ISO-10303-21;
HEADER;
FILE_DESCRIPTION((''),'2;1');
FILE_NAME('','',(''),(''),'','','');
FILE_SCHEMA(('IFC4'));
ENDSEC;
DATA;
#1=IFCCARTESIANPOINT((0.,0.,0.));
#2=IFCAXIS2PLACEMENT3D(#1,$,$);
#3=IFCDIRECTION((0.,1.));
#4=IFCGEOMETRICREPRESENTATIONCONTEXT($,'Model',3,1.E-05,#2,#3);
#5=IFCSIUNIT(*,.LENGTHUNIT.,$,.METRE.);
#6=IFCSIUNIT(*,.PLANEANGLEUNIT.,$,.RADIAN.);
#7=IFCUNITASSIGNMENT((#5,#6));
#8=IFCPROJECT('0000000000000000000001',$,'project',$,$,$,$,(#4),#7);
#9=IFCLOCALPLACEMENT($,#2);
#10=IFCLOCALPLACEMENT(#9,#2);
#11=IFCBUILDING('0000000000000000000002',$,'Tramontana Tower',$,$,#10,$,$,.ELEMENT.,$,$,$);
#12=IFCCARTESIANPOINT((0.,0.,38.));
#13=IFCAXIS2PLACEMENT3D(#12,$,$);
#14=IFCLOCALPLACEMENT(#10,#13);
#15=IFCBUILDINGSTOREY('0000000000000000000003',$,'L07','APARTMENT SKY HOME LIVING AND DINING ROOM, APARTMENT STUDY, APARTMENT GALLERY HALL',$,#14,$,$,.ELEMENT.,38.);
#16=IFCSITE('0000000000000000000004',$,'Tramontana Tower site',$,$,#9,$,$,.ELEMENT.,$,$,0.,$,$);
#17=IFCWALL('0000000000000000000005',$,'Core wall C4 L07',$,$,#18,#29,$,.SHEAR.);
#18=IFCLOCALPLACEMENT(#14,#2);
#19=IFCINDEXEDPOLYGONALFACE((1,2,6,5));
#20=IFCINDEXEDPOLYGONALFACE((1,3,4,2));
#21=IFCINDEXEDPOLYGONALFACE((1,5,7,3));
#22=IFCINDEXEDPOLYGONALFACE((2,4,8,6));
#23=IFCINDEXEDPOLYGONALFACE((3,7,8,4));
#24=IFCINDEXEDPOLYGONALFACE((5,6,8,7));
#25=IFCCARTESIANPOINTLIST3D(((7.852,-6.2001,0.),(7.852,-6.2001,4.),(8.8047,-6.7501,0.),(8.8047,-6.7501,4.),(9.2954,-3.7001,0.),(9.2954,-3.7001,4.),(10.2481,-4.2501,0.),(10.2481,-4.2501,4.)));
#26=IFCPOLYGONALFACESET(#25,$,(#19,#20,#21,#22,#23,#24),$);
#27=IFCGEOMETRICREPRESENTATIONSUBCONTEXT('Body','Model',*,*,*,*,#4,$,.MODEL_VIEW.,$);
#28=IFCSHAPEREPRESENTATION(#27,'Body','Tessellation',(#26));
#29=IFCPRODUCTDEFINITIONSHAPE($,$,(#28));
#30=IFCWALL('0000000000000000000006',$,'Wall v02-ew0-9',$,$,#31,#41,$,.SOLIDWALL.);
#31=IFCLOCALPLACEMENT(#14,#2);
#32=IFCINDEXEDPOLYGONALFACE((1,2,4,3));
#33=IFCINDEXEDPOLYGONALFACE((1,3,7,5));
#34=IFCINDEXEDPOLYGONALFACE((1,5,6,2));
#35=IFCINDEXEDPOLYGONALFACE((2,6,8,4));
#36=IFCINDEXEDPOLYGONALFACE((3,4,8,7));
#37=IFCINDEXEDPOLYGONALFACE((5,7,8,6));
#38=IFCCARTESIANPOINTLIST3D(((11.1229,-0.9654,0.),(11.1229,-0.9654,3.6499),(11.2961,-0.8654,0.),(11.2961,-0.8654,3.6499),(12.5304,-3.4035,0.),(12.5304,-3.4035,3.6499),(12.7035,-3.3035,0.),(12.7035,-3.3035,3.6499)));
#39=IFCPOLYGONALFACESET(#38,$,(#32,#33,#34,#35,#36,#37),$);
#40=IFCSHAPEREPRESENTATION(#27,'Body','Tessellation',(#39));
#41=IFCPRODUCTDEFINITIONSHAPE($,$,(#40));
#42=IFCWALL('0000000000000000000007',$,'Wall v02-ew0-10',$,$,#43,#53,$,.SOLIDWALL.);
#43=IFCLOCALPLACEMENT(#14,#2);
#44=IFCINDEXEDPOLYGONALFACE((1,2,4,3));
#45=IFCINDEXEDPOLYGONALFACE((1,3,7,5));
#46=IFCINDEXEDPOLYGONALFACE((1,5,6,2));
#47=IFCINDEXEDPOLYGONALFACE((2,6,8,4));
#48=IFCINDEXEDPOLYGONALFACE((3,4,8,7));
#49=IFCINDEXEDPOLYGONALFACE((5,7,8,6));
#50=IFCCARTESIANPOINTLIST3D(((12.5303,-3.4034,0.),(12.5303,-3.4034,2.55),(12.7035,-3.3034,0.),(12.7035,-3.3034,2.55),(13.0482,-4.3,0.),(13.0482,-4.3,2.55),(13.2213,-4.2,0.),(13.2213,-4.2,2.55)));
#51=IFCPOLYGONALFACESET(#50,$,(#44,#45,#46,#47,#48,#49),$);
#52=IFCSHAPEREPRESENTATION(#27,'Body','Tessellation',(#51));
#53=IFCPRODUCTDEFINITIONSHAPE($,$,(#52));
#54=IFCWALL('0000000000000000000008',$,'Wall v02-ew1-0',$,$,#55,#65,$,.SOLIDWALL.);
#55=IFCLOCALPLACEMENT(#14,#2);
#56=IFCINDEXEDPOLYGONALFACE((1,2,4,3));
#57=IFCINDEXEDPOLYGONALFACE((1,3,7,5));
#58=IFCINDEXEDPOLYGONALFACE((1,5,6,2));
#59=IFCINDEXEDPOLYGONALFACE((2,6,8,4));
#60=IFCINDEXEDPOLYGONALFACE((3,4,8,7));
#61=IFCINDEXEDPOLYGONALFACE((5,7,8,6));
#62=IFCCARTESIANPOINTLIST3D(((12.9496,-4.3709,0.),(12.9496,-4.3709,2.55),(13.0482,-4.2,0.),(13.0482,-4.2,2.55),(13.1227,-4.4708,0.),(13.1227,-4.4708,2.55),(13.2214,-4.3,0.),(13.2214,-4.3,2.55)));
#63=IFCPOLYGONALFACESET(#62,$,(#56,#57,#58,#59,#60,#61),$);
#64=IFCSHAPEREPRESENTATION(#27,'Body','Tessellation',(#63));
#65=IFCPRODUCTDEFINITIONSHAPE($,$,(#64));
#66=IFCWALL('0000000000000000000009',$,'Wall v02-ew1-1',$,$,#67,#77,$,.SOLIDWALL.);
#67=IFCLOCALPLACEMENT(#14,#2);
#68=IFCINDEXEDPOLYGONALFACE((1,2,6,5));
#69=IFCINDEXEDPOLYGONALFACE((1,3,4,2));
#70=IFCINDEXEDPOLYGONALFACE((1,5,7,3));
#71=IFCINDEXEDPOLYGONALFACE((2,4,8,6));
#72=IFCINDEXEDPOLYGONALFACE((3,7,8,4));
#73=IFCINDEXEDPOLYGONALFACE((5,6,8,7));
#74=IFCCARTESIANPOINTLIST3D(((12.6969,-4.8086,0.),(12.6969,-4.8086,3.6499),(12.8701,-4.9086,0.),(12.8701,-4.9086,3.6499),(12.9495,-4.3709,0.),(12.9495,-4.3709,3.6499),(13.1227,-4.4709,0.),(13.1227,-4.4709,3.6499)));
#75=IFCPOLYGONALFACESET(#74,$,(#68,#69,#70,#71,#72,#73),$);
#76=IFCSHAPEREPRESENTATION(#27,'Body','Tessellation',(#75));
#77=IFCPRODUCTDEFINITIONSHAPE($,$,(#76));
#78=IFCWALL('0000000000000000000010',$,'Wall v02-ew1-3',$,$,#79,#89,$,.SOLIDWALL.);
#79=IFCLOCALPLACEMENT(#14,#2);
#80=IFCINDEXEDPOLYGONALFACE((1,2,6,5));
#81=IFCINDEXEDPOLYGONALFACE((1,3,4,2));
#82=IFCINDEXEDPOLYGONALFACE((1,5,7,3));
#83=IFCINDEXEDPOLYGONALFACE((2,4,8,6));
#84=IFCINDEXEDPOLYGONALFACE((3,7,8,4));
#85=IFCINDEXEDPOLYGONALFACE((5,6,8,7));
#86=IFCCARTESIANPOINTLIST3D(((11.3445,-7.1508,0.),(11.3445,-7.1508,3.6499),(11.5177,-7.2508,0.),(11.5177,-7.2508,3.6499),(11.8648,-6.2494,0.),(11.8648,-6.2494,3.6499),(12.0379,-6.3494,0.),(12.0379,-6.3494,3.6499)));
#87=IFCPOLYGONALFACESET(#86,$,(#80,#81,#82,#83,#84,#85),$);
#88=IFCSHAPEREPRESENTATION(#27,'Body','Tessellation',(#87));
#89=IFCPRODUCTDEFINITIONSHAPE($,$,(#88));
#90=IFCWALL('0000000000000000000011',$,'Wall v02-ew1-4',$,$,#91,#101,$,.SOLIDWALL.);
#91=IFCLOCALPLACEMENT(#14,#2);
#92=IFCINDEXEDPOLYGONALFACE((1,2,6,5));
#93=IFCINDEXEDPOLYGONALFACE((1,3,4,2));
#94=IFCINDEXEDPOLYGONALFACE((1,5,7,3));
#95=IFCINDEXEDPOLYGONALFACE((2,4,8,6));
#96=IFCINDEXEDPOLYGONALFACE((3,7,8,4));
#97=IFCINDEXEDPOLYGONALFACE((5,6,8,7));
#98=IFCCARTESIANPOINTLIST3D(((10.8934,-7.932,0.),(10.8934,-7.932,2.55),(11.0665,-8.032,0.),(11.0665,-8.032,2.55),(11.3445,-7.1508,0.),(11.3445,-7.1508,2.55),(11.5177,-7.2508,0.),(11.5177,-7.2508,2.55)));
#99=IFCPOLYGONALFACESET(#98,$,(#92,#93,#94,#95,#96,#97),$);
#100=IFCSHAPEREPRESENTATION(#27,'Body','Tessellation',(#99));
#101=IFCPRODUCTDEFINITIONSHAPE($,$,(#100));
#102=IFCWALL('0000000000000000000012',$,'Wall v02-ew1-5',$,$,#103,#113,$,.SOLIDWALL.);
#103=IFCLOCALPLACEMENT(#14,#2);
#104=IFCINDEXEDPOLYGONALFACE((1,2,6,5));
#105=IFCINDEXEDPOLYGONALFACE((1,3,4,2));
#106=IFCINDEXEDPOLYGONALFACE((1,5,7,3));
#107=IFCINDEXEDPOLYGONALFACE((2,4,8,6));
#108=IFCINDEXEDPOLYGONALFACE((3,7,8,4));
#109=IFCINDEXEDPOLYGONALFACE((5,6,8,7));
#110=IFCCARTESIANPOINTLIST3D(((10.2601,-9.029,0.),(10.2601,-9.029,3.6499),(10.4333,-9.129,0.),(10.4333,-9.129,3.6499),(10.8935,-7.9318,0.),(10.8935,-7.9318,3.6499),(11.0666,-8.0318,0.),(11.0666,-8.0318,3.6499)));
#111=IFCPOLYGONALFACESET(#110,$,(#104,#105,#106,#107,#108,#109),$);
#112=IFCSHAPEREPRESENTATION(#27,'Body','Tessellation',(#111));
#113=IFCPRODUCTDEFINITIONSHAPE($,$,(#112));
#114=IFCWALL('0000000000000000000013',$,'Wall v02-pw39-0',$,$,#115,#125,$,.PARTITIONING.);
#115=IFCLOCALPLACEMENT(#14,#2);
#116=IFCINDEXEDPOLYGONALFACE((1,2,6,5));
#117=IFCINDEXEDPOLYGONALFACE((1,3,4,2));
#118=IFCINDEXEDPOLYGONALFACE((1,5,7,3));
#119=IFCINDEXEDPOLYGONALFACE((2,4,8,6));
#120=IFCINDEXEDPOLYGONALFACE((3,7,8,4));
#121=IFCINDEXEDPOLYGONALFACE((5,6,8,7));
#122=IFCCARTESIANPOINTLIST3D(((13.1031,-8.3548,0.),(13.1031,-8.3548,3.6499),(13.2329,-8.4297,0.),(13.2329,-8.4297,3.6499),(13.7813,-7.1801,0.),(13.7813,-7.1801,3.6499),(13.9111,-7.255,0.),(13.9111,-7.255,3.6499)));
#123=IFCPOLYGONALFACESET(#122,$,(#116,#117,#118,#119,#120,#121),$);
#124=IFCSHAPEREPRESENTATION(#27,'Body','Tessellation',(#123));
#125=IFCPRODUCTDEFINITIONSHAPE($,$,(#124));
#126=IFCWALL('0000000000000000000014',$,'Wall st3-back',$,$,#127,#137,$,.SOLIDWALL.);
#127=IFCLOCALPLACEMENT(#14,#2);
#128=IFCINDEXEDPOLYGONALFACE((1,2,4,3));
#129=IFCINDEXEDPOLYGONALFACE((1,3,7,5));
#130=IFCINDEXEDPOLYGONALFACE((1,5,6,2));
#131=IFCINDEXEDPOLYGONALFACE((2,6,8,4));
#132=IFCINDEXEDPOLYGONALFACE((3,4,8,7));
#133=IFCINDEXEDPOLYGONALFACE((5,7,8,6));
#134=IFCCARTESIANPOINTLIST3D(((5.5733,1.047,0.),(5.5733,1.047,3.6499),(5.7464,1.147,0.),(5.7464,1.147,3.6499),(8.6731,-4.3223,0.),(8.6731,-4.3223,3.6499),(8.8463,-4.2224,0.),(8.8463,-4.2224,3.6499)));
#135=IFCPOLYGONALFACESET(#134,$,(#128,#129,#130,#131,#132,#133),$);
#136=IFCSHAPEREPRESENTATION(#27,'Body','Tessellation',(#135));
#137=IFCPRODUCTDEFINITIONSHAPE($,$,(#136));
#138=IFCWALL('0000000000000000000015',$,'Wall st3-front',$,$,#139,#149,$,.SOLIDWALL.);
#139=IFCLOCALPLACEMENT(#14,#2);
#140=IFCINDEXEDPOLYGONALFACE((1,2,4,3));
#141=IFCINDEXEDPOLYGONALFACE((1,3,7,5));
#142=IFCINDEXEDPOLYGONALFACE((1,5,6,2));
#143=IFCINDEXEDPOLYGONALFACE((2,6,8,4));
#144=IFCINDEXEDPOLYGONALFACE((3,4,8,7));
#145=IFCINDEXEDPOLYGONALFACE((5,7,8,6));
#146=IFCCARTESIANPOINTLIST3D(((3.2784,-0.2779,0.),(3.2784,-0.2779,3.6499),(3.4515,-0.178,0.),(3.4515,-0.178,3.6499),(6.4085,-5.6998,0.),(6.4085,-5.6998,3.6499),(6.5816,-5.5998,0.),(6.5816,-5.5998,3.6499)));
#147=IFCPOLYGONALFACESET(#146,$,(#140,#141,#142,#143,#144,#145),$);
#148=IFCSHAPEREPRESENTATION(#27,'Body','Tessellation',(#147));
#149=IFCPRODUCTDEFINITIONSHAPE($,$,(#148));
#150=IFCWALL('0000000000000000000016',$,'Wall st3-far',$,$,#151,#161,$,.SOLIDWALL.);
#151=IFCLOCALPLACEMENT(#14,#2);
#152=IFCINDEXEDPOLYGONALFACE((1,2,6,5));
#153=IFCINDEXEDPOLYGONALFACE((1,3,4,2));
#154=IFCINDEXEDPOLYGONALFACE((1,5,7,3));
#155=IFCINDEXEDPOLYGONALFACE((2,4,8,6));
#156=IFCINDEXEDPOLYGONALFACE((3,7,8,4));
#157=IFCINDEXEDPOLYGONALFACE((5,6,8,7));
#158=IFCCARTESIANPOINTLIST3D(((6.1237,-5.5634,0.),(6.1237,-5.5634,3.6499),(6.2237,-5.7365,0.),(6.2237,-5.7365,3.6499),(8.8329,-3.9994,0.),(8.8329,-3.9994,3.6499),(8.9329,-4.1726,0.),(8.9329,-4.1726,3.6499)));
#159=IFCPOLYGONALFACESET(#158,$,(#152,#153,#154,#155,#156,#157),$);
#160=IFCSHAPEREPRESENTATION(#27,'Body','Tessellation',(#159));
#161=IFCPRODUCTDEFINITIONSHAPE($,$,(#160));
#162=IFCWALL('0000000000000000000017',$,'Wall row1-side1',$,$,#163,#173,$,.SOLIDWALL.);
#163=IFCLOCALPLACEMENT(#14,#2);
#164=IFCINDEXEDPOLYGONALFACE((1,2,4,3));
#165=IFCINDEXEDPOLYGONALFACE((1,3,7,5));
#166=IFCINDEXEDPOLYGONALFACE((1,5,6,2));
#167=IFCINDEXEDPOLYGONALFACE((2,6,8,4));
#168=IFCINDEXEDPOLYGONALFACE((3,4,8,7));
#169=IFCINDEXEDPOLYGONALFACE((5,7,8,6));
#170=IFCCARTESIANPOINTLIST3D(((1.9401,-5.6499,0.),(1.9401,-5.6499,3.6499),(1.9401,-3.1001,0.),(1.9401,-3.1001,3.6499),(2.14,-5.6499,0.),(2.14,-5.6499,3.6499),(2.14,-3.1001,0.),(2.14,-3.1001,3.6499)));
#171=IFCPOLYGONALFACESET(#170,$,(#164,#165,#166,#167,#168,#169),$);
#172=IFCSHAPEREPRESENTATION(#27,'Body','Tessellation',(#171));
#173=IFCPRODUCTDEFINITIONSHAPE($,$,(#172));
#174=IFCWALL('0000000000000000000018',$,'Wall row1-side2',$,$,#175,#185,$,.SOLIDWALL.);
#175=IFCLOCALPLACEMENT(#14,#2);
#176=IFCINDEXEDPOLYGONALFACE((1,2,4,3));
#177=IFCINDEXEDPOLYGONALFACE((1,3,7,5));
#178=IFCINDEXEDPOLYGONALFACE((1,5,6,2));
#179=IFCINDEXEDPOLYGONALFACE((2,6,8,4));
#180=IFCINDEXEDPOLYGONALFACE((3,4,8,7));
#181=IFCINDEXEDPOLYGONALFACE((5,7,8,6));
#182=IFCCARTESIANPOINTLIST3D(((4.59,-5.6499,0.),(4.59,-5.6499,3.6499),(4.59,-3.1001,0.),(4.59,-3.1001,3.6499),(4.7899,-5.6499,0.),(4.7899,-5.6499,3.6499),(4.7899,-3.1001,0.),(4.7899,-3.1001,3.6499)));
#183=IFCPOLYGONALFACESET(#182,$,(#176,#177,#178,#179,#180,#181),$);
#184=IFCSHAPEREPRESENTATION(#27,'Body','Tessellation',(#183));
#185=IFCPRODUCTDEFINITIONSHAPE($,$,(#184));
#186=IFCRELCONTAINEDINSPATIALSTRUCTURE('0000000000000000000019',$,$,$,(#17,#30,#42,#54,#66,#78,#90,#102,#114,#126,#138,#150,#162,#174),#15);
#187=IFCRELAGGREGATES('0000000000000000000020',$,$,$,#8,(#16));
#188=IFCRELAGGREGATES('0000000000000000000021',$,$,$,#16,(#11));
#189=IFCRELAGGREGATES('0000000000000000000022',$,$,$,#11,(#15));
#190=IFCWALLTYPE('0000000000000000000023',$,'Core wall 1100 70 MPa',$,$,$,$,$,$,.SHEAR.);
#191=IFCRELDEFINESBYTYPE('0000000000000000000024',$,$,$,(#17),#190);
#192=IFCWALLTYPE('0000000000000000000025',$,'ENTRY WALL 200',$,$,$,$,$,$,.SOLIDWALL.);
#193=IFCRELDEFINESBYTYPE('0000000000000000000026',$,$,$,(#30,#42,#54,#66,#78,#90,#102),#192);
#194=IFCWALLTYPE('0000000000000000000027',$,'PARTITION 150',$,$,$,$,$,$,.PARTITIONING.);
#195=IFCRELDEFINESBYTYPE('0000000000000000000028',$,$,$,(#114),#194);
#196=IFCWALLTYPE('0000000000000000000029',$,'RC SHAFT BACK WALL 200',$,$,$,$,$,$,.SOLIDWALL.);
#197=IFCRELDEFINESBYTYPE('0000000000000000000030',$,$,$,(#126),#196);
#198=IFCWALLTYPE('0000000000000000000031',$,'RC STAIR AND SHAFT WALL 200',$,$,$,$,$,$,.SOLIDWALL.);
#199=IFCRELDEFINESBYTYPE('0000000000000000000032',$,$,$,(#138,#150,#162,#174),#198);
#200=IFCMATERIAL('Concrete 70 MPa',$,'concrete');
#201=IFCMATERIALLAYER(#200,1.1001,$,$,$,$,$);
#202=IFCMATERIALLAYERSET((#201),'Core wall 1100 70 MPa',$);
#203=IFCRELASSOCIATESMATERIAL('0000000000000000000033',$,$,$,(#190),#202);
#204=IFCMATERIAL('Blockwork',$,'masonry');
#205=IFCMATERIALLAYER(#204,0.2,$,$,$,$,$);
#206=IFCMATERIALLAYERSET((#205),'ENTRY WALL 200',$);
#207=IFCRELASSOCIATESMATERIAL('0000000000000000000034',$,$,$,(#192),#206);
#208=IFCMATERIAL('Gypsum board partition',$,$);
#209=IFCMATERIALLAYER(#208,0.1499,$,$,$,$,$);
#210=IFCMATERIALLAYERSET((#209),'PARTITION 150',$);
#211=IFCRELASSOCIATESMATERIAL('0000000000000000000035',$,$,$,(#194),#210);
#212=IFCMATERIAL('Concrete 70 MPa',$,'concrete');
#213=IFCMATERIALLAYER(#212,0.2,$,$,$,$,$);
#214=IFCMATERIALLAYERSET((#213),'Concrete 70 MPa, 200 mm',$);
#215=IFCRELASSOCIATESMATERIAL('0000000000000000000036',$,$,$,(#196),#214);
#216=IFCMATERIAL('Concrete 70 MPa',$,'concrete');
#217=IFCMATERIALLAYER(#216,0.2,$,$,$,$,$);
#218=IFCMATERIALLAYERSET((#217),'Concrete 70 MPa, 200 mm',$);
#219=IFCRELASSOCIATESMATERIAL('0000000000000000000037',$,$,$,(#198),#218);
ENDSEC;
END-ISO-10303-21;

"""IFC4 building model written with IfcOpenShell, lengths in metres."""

from ifc_helpers import new_model, si_unit, direction, frame, frame_2d, origin, place, context, subcontext, project, spatial, rectangle, extrude, material, layer, layer_set, type_object, element, save


model = new_model("IFC4")

# Units and contexts
model_context = context("Model", 3, precision=1e-05, world=origin(), true_north=direction((0.0, 1.0)))
body_context = subcontext(model_context, "Body", "Model", "MODEL_VIEW")
ifc_project = project(units=[si_unit("LENGTHUNIT", "METRE"), si_unit("PLANEANGLEUNIT", "RADIAN")], contexts=[model_context])

# Site, building, storey
site_placement = place(None, origin())
site = spatial("IfcSite", under=ifc_project, at=site_placement, Name="Tramontana Tower site", CompositionType="ELEMENT", RefElevation=0.0)
building_placement = place(site_placement, origin())
building = spatial("IfcBuilding", under=site, at=building_placement, Name="Tramontana Tower", CompositionType="ELEMENT")
storey_placement = place(building_placement, frame((0.0, 0.0, 38.0)))
storey = spatial("IfcBuildingStorey", under=building, at=storey_placement, Name="L07", Description="APARTMENT SKY HOME LIVING AND DINING ROOM, APARTMENT STUDY, APARTMENT GALLERY HALL", CompositionType="ELEMENT", Elevation=38.0)

# Wall
ifc_material_1 = material(Name="Concrete 70 MPa", Category="concrete")
ifc_layer_1 = layer(ifc_material_1, 1.1001)
ifc_layer_set_1 = layer_set([ifc_layer_1], Name="Core wall 1100 70 MPa")
wall_type_1 = type_object("IfcWallType", Name="Core wall 1100 70 MPa", PredefinedType="SHEAR", material=ifc_layer_set_1)
wall_1_placement = place(storey_placement, frame((8.3284, -6.4751, 0.0), z_axis=(0.0, 0.0, 1.0), x_axis=(0.499996, 0.866028, 0.0)))
element("IfcWall", 1, at=wall_1_placement, inside=storey, type_object=wall_type_1, Name="Core wall C4 L07", PredefinedType="SHEAR", context=body_context, shape_type="SweptSolid", body=[
    extrude(rectangle(XDim=2.8867, YDim=1.1001, at=frame_2d((1.4434, 0.0))), origin(), (0.0, 0.0, 1.0), 4.0),
])

# Walls
ifc_material_2 = material(Name="Blockwork", Category="masonry")
ifc_layer_2 = layer(ifc_material_2, 0.2)
ifc_layer_set_2 = layer_set([ifc_layer_2], Name="ENTRY WALL 200")
wall_type_2 = type_object("IfcWallType", Name="ENTRY WALL 200", PredefinedType="SOLIDWALL", material=ifc_layer_set_2)
wall_2_placement = place(storey_placement, frame((11.2095, -0.9153, 0.0), z_axis=(0.0, 0.0, 1.0), x_axis=(0.499935, -0.866063, 0.0)))
element("IfcWall", 2, at=wall_2_placement, inside=storey, type_object=wall_type_2, Name="Wall v02-ew0-9", PredefinedType="SOLIDWALL", context=body_context, shape_type="SweptSolid", body=[
    extrude(rectangle(XDim=2.8152, YDim=0.2, at=frame_2d((1.4077, 0.0))), origin(), (0.0, 0.0, 1.0), 3.6499),
])
wall_3_placement = place(storey_placement, frame((12.6169, -3.3535, 0.0), z_axis=(0.0, 0.0, 1.0), x_axis=(0.500172, -0.865926, 0.0)))
element("IfcWall", 3, at=wall_3_placement, inside=storey, type_object=wall_type_2, Name="Wall v02-ew0-10", PredefinedType="SOLIDWALL", context=body_context, shape_type="SweptSolid", body=[
    extrude(rectangle(XDim=1.0354, YDim=0.2, at=frame_2d((0.5176, 0.0))), origin(), (0.0, 0.0, 1.0), 2.55),
])
wall_4_placement = place(storey_placement, frame((13.1348, -4.25, 0.0), z_axis=(0.0, 0.0, 1.0), x_axis=(-0.499865, -0.866103, 0.0)))
element("IfcWall", 4, at=wall_4_placement, inside=storey, type_object=wall_type_2, Name="Wall v02-ew1-0", PredefinedType="SOLIDWALL", context=body_context, shape_type="SweptSolid", body=[
    extrude(rectangle(XDim=0.1973, YDim=0.2, at=frame_2d((0.0986, 0.0))), origin(), (0.0, 0.0, 1.0), 2.55),
])
wall_5_placement = place(storey_placement, frame((13.0361, -4.4209, 0.0), z_axis=(0.0, 0.0, 1.0), x_axis=(-0.499932, -0.866065, 0.0)))
element("IfcWall", 5, at=wall_5_placement, inside=storey, type_object=wall_type_2, Name="Wall v02-ew1-1", PredefinedType="SOLIDWALL", context=body_context, shape_type="SweptSolid", body=[
    extrude(rectangle(XDim=0.5054, YDim=0.2, at=frame_2d((0.2527, 0.0))), origin(), (0.0, 0.0, 1.0), 3.6499),
])

# Walls
wall_6_placement = place(storey_placement, frame((11.9514, -6.2993, 0.0), z_axis=(0.0, 0.0, 1.0), x_axis=(-0.499898, -0.866084, 0.0)))
element("IfcWall", 6, at=wall_6_placement, inside=storey, type_object=wall_type_2, Name="Wall v02-ew1-3", PredefinedType="SOLIDWALL", context=body_context, shape_type="SweptSolid", body=[
    extrude(rectangle(XDim=1.0408, YDim=0.2, at=frame_2d((0.5205, 0.0))), origin(), (0.0, 0.0, 1.0), 3.6499),
])
wall_7_placement = place(storey_placement, frame((11.4312, -7.2007, 0.0), z_axis=(0.0, 0.0, 1.0), x_axis=(-0.500097, -0.865969, 0.0)))
element("IfcWall", 7, at=wall_7_placement, inside=storey, type_object=wall_type_2, Name="Wall v02-ew1-4", PredefinedType="SOLIDWALL", context=body_context, shape_type="SweptSolid", body=[
    extrude(rectangle(XDim=0.9021, YDim=0.2, at=frame_2d((0.4512, 0.0))), origin(), (0.0, 0.0, 1.0), 2.55),
])
wall_8_placement = place(storey_placement, frame((10.98, -7.9819, 0.0), z_axis=(0.0, 0.0, 1.0), x_axis=(-0.499912, -0.866076, 0.0)))
element("IfcWall", 8, at=wall_8_placement, inside=storey, type_object=wall_type_2, Name="Wall v02-ew1-5", PredefinedType="SOLIDWALL", context=body_context, shape_type="SweptSolid", body=[
    extrude(rectangle(XDim=1.2668, YDim=0.2, at=frame_2d((0.6333, 0.0))), origin(), (0.0, 0.0, 1.0), 3.6499),
])

# Shared definitions
ifc_material_3 = material(Name="Gypsum board partition")
ifc_layer_3 = layer(ifc_material_3, 0.1499)
ifc_layer_set_3 = layer_set([ifc_layer_3], Name="PARTITION 150")
wall_type_3 = type_object("IfcWallType", Name="PARTITION 150", PredefinedType="PARTITIONING", material=ifc_layer_set_3)

# Wall
wall_9_placement = place(storey_placement, frame((13.8462, -7.2175, 0.0), z_axis=(0.0, 0.0, 1.0), x_axis=(-0.499972, -0.866042, 0.0)))
element("IfcWall", 9, at=wall_9_placement, inside=storey, type_object=wall_type_3, Name="Wall v02-pw39-0", PredefinedType="PARTITIONING", context=body_context, shape_type="SweptSolid", body=[
    extrude(rectangle(XDim=1.3564, YDim=0.1499, at=frame_2d((0.6782, 0.0))), origin(), (0.0, 0.0, 1.0), 3.6499),
])

# Walls
ifc_material_4 = material(Name="Concrete 70 MPa", Category="concrete")
ifc_layer_4 = layer(ifc_material_4, 0.2)
ifc_layer_set_4 = layer_set([ifc_layer_4], Name="Concrete 70 MPa, 200 mm")
wall_type_4 = type_object("IfcWallType", Name="RC SHAFT BACK WALL 200", PredefinedType="SOLIDWALL", material=ifc_layer_set_4)
wall_10_placement = place(storey_placement, frame((8.7598, -4.2725, 0.0), z_axis=(0.0, 0.0, 1.0), x_axis=(-0.49998, 0.866037, 0.0)))
element("IfcWall", 10, at=wall_10_placement, inside=storey, type_object=wall_type_4, Name="Wall st3-back", PredefinedType="SOLIDWALL", context=body_context, shape_type="SweptSolid", body=[
    extrude(rectangle(XDim=6.2, YDim=0.2, at=frame_2d((3.1001, 0.0))), origin(), (0.0, 0.0, 1.0), 3.6499),
])
ifc_material_5 = material(Name="Concrete 70 MPa", Category="concrete")
ifc_layer_5 = layer(ifc_material_5, 0.2)
ifc_layer_set_5 = layer_set([ifc_layer_5], Name="Concrete 70 MPa, 200 mm")
wall_type_5 = type_object("IfcWallType", Name="RC STAIR AND SHAFT WALL 200", PredefinedType="SOLIDWALL", material=ifc_layer_set_5)
wall_11_placement = place(storey_placement, frame((6.4951, -5.6499, 0.0), z_axis=(0.0, 0.0, 1.0), x_axis=(-0.499977, 0.866039, 0.0)))
element("IfcWall", 11, at=wall_11_placement, inside=storey, type_object=wall_type_5, Name="Wall st3-front", PredefinedType="SOLIDWALL", context=body_context, shape_type="SweptSolid", body=[
    extrude(rectangle(XDim=6.2605, YDim=0.2, at=frame_2d((3.1304, 0.0))), origin(), (0.0, 0.0, 1.0), 3.6499),
])
wall_12_placement = place(storey_placement, frame((6.1738, -5.6499, 0.0), z_axis=(0.0, 0.0, 1.0), x_axis=(0.866054, 0.49995, 0.0)))
element("IfcWall", 12, at=wall_12_placement, inside=storey, type_object=wall_type_5, Name="Wall st3-far", PredefinedType="SOLIDWALL", context=body_context, shape_type="SweptSolid", body=[
    extrude(rectangle(XDim=3.1282, YDim=0.2, at=frame_2d((1.564, 0.0))), origin(), (0.0, 0.0, 1.0), 3.6499),
])
for number, where, z_axis, x_axis, name in (
    (13, (2.04, -3.1001, 0.0), (0.0, 0.0, 1.0), (0.0, -1.0, 0.0), "Wall row1-side1"),
    (14, (4.6899, -3.1001, 0.0), (0.0, 0.0, 1.0), (0.0, -1.0, 0.0), "Wall row1-side2"),
):
    element("IfcWall", number, at=place(storey_placement, frame(where, z_axis=z_axis, x_axis=x_axis)), inside=storey, type_object=wall_type_5, Name=name, PredefinedType="SOLIDWALL", context=body_context, shape_type="SweptSolid", body=[
        extrude(rectangle(XDim=2.5498, YDim=0.2, at=frame_2d((1.2749, 0.0))), origin(), (0.0, 0.0, 1.0), 3.6499),
    ])

save(model, "model.ifc")
